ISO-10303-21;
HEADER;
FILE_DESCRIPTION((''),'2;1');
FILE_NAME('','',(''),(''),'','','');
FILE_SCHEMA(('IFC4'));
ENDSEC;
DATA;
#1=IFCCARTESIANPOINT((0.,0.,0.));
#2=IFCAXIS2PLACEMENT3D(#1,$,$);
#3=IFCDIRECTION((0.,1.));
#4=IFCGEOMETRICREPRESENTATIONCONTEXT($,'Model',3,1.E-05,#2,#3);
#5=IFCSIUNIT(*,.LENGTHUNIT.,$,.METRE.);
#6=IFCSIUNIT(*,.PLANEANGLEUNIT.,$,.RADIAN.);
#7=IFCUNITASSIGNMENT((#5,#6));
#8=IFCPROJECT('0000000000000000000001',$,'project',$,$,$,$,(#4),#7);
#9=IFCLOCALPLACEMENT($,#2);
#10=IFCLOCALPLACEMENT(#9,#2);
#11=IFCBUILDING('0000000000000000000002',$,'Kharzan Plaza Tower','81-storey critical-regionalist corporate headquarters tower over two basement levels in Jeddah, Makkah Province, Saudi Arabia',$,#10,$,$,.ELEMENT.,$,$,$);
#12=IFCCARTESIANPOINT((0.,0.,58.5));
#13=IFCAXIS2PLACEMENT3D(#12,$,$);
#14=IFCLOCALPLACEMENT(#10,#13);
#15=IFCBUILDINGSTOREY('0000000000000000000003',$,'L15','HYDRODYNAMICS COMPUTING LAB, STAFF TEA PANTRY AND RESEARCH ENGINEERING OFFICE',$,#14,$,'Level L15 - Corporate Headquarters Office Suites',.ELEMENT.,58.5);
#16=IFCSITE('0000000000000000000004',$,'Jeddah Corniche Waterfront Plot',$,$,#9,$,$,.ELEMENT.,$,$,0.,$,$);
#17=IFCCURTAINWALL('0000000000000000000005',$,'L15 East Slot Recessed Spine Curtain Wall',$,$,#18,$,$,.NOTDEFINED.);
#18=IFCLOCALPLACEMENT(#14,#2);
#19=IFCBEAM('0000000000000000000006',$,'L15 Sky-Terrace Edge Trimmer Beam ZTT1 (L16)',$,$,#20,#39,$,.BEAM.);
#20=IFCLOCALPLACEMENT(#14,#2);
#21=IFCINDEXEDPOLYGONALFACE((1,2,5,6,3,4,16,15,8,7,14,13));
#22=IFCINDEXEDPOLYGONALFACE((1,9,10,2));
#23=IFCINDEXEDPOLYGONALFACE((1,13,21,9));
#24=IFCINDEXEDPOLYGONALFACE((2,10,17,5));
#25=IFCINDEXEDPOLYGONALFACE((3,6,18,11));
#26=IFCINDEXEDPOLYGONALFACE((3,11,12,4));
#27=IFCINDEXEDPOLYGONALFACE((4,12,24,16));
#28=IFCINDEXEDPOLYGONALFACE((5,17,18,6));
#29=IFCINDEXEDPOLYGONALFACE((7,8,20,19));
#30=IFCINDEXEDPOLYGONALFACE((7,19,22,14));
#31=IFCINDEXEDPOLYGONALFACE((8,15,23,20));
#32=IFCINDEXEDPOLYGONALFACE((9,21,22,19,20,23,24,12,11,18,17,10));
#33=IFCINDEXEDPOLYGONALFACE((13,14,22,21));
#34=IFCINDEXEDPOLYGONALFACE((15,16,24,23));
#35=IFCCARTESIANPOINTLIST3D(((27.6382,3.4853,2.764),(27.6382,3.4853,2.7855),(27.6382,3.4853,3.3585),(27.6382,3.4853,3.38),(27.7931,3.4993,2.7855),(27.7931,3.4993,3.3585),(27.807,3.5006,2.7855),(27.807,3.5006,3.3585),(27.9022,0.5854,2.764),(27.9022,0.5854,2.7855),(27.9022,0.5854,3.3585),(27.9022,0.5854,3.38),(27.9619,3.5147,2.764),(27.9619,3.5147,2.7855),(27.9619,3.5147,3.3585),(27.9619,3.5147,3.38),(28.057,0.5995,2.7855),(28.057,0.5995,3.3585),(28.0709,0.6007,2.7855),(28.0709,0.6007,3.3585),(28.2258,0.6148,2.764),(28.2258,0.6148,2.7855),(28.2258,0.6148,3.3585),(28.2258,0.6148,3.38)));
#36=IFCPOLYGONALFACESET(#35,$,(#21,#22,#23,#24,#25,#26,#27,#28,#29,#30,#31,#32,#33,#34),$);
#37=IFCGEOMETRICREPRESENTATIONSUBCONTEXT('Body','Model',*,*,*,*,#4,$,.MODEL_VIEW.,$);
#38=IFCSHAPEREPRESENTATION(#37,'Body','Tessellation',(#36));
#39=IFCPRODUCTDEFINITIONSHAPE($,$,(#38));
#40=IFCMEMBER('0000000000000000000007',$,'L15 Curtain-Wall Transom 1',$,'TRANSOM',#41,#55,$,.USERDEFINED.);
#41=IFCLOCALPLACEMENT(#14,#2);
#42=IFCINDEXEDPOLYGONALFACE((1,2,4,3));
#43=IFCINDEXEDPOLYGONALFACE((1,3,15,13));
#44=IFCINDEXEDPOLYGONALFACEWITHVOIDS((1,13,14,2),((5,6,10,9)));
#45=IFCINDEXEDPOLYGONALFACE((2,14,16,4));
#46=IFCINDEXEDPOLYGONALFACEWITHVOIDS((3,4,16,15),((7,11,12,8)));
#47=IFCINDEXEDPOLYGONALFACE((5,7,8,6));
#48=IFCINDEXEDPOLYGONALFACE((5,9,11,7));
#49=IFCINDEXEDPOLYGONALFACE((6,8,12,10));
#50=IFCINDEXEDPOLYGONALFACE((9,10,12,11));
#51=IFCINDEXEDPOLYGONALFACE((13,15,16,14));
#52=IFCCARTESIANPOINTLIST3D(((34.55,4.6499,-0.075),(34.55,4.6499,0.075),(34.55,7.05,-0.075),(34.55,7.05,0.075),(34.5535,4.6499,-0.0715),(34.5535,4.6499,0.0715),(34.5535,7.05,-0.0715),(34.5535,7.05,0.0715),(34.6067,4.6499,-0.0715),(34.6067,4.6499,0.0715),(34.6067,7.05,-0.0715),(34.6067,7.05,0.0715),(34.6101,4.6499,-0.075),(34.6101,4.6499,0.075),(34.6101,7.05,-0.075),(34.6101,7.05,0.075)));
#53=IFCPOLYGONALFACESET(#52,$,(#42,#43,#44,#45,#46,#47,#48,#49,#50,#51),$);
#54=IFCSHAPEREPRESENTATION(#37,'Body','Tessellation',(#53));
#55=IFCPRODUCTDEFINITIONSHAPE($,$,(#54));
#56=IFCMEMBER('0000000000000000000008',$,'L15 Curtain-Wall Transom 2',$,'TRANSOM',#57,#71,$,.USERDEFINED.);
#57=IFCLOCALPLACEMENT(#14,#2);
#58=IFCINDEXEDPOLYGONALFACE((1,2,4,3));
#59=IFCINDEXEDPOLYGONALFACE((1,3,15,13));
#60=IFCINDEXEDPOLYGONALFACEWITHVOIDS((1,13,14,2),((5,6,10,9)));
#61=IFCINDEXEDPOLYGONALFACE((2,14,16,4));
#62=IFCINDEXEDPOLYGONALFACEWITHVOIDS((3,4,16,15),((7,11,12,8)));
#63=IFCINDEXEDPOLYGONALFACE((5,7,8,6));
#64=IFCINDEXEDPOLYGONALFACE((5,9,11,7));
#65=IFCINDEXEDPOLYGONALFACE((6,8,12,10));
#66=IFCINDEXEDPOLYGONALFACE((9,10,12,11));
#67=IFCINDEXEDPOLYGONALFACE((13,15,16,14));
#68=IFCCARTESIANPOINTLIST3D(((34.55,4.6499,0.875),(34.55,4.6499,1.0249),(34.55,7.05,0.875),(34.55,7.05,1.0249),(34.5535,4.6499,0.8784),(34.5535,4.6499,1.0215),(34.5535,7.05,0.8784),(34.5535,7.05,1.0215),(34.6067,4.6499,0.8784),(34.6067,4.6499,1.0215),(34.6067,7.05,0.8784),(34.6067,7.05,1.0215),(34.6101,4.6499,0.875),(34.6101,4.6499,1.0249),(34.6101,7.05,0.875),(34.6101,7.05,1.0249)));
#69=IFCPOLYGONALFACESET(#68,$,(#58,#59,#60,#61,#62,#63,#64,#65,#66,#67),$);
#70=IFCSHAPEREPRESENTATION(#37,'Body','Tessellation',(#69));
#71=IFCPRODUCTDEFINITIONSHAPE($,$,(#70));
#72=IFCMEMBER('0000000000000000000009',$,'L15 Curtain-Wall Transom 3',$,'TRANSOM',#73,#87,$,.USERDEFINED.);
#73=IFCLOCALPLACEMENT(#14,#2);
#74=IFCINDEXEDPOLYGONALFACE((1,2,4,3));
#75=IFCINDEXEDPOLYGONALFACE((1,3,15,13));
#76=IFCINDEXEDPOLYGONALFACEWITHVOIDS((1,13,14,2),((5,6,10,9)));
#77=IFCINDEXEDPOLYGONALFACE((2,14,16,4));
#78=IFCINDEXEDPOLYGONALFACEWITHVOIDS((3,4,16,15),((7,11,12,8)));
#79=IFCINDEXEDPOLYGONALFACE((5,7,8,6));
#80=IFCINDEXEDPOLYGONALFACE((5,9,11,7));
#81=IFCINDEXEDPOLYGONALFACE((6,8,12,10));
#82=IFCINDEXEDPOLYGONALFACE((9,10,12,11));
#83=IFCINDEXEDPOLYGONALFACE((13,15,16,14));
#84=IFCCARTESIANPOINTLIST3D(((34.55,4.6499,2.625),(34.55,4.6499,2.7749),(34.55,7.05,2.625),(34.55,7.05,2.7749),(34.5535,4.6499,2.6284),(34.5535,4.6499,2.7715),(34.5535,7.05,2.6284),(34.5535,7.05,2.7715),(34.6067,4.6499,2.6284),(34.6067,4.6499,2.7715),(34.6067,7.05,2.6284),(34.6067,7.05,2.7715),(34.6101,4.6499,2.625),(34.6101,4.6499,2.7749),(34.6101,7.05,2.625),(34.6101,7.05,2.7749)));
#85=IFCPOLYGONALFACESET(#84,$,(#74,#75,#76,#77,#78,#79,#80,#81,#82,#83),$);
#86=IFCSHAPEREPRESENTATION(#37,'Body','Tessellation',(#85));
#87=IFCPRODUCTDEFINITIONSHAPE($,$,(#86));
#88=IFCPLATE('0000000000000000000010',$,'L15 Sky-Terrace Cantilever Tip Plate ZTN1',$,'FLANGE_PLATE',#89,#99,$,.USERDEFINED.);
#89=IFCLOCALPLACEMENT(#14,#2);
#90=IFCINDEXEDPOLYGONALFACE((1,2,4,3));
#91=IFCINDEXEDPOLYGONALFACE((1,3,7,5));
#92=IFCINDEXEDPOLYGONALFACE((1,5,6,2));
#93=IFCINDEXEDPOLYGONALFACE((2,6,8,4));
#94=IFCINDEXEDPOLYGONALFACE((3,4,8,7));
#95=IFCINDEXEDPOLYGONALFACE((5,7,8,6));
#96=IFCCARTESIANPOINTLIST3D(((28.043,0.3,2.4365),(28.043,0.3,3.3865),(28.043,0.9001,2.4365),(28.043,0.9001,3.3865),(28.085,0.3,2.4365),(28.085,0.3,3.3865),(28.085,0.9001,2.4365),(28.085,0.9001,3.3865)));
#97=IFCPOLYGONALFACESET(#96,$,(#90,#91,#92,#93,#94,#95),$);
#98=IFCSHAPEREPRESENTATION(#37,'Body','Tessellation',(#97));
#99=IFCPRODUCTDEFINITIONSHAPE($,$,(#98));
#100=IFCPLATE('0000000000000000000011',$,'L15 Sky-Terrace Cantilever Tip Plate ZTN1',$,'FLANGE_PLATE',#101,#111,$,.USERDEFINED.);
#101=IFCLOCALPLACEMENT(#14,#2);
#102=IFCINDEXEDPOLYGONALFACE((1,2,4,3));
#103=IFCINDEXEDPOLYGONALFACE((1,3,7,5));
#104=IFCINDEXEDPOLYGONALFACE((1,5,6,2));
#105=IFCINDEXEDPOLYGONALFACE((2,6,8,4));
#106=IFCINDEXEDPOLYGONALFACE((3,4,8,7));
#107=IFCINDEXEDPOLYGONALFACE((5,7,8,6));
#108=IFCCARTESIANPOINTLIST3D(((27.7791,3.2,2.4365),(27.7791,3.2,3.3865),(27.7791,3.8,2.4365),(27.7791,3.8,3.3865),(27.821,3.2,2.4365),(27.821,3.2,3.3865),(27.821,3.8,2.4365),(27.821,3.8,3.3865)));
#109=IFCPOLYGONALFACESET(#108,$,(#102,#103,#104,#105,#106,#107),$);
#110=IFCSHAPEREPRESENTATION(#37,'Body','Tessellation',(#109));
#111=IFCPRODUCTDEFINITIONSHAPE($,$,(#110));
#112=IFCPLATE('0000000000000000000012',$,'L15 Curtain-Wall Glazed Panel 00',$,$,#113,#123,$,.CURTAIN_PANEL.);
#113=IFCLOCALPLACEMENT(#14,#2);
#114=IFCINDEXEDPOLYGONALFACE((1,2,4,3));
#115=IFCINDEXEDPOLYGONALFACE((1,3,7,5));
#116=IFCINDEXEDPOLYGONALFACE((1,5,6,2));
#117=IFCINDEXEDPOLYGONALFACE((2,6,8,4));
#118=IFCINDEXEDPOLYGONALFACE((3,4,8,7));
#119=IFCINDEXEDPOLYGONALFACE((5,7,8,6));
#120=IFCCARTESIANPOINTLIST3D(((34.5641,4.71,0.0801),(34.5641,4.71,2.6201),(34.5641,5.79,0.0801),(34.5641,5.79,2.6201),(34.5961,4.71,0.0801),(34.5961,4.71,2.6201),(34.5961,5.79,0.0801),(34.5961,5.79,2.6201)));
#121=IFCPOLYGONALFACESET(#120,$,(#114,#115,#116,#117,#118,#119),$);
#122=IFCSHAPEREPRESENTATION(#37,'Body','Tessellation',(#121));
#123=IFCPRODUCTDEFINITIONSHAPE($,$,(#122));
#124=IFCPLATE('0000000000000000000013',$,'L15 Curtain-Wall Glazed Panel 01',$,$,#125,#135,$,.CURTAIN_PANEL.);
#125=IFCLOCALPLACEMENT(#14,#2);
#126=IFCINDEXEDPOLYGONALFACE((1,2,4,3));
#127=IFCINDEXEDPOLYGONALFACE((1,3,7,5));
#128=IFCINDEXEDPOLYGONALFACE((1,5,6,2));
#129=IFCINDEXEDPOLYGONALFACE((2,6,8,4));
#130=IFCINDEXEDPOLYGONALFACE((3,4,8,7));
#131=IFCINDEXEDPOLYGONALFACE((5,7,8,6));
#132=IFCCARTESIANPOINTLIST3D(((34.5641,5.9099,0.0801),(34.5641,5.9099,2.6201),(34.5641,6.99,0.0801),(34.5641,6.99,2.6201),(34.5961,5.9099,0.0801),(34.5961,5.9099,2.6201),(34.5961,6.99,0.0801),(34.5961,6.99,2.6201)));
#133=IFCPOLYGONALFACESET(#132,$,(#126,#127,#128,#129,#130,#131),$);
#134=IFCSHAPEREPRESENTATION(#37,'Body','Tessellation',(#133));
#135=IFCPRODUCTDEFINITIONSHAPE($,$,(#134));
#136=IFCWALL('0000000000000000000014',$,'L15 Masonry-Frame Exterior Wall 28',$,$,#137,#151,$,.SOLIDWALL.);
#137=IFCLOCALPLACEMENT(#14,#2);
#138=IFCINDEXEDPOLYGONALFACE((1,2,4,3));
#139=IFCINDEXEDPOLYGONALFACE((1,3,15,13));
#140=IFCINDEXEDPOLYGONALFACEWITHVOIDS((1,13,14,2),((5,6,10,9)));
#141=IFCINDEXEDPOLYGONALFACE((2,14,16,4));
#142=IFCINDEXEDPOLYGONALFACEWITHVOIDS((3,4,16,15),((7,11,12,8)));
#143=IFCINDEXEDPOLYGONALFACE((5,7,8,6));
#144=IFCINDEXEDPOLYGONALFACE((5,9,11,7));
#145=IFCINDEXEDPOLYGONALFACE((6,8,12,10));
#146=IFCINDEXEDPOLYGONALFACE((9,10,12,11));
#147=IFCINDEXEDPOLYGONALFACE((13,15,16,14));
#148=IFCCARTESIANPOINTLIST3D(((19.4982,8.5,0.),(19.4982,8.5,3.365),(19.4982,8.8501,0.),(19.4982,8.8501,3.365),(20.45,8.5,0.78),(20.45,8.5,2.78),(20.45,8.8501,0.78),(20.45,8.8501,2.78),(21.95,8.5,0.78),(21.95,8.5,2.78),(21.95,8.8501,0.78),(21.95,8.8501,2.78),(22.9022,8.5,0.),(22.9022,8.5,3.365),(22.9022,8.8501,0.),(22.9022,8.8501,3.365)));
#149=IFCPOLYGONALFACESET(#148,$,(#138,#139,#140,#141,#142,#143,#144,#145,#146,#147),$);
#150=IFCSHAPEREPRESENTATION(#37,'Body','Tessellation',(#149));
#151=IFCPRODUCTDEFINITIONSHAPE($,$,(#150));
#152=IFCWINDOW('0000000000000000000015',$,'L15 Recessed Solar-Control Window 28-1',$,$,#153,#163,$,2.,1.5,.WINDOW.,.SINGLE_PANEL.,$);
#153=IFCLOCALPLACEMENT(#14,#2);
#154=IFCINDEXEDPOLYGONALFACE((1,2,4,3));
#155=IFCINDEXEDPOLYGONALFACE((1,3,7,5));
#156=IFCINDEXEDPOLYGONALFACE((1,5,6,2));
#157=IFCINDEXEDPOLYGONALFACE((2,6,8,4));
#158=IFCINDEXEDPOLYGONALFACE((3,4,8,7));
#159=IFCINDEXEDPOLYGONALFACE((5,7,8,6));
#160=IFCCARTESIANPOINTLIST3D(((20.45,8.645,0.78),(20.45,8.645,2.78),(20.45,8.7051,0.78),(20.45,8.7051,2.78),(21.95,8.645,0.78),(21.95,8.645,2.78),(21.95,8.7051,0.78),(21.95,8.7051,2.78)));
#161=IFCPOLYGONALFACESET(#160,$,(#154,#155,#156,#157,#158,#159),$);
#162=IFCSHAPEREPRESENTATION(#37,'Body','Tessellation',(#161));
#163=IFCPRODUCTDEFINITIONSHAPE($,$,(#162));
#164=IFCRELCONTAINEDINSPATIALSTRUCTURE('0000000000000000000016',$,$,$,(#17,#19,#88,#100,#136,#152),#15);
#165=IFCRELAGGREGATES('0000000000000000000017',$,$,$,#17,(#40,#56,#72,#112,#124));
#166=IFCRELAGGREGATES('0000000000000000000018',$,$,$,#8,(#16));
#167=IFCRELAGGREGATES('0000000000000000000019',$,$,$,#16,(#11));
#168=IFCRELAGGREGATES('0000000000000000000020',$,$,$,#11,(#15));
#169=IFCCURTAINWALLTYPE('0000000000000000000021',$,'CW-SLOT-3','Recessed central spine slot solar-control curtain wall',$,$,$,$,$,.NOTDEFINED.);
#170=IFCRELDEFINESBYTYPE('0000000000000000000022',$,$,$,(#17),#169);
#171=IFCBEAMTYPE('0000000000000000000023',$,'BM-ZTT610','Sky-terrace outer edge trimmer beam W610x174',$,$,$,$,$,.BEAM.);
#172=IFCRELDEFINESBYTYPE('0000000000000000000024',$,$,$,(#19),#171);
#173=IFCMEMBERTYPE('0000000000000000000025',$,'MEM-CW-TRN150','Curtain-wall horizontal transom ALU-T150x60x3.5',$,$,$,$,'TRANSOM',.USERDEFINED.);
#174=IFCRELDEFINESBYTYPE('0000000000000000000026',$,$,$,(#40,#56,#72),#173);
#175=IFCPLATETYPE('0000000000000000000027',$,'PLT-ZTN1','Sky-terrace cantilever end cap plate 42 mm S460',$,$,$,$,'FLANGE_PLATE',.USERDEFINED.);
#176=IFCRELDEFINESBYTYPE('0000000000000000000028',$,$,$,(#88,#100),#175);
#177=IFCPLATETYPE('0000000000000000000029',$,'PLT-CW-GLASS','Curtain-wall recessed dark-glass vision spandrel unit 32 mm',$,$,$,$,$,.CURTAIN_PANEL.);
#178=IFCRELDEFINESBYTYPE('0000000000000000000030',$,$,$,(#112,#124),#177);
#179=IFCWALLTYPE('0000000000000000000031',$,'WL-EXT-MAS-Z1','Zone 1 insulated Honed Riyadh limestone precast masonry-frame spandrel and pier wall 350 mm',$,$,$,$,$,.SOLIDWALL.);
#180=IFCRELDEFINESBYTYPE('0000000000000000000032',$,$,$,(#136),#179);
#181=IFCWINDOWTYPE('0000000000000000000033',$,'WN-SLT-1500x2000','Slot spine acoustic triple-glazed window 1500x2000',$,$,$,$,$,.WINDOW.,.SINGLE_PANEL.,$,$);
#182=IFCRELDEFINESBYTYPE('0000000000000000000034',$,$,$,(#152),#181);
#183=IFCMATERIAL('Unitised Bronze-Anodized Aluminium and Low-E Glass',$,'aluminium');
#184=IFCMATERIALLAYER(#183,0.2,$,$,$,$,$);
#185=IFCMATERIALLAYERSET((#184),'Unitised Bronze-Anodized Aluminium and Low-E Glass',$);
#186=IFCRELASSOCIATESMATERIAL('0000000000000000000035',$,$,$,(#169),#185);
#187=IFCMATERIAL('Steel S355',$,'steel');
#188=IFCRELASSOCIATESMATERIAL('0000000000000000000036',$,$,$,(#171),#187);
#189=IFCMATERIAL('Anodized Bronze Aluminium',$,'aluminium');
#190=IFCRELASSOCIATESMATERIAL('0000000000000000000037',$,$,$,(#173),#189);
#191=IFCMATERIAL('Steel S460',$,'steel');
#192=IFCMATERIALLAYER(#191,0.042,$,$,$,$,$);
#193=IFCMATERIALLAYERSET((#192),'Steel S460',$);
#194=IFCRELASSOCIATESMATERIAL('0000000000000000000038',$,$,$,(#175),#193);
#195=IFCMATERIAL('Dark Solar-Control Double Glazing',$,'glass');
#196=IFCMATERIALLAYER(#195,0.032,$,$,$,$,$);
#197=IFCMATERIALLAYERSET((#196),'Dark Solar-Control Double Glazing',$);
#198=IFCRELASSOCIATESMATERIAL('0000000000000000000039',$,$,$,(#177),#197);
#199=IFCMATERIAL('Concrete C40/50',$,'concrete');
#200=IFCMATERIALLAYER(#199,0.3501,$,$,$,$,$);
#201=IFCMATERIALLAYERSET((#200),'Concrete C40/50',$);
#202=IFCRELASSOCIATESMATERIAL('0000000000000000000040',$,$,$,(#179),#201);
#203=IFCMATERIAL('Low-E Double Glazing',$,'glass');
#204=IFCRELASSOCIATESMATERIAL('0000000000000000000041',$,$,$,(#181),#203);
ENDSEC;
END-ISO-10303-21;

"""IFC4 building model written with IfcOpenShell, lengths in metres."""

from ifc_helpers import new_model, si_unit, direction, frame, frame_2d, origin, origin_2d, place, context, subcontext, project, spatial, rectangle, hollow_rectangle, i_section, extrude, source, transform, mapped, material, layer, layer_set, material_profile, profile_set, type_object, element, fill, aggregate, save


model = new_model("IFC4")

# Units and contexts
model_context = context("Model", 3, precision=1e-05, world=origin(), true_north=direction((0.0, 1.0)))
body_context = subcontext(model_context, "Body", "Model", "MODEL_VIEW")
ifc_project = project(units=[si_unit("LENGTHUNIT", "METRE"), si_unit("PLANEANGLEUNIT", "RADIAN")], contexts=[model_context])

# Site, building, storey
site_placement = place(None, origin())
site = spatial("IfcSite", under=ifc_project, at=site_placement, Name="Jeddah Corniche Waterfront Plot", CompositionType="ELEMENT", RefElevation=0.0)
building_placement = place(site_placement, origin())
building = spatial("IfcBuilding", under=site, at=building_placement, Name="Kharzan Plaza Tower", Description="81-storey critical-regionalist corporate headquarters tower over two basement levels in Jeddah, Makkah Province, Saudi Arabia", CompositionType="ELEMENT")
storey_placement = place(building_placement, frame((0.0, 0.0, 58.5)))
storey = spatial("IfcBuildingStorey", under=building, at=storey_placement, Name="L15", Description="HYDRODYNAMICS COMPUTING LAB, STAFF TEA PANTRY AND RESEARCH ENGINEERING OFFICE", LongName="Level L15 - Corporate Headquarters Office Suites", CompositionType="ELEMENT", Elevation=58.5)

# Shared definitions
ifc_material_1 = material(Name="Steel S355", Category="steel")

# Curtain wall
ifc_material_2 = material(Name="Unitised Bronze-Anodized Aluminium and Low-E Glass", Category="aluminium")
ifc_layer_1 = layer(ifc_material_2, 0.2)
ifc_layer_set_1 = layer_set([ifc_layer_1], Name="Unitised Bronze-Anodized Aluminium and Low-E Glass")
curtain_wall_type = type_object("IfcCurtainWallType", Name="CW-SLOT-3", Description="Recessed central spine slot solar-control curtain wall", PredefinedType="NOTDEFINED", material=ifc_layer_set_1)
curtain_wall_placement = place(storey_placement, origin())
curtain_wall = element("IfcCurtainWall", 1, at=curtain_wall_placement, inside=storey, type_object=curtain_wall_type, Name="L15 East Slot Recessed Spine Curtain Wall", PredefinedType="NOTDEFINED")
ifc_material_3 = material(Name="Anodized Bronze Aluminium", Category="aluminium")

# Beam
ifc_material_profile_1 = material_profile(ifc_material_1, i_section(OverallWidth=0.325, OverallDepth=0.616, WebThickness=0.0139, FlangeThickness=0.0215, at=origin_2d()), Name="W610x174")
ifc_profile_set_1 = profile_set([ifc_material_profile_1], Name="Steel S355")
beam_type_1 = type_object("IfcBeamType", Name="BM-ZTT610", Description="Sky-terrace outer edge trimmer beam W610x174", PredefinedType="BEAM", material=ifc_profile_set_1)
shared_shape_1 = source(origin(), body_context, "Body", "SweptSolid", [
    extrude(i_section(OverallWidth=0.325, OverallDepth=0.616, WebThickness=0.0139, FlangeThickness=0.0215, at=origin_2d()), origin(), (0.0, 0.0, 1.0), 2.9119),
])
beam_1_placement = place(storey_placement, frame((28.064, 0.6001, 3.072), z_axis=(-0.090634, 0.995884, 0.0), x_axis=(-0.995884, -0.090634, 0.0)))
element("IfcBeam", 2, at=beam_1_placement, inside=storey, type_object=beam_type_1, Name="L15 Sky-Terrace Edge Trimmer Beam ZTT1 (L16)", PredefinedType="BEAM", context=body_context, shape_type="MappedRepresentation", body=[
    mapped(shared_shape_1, transform((0.0, 0.0, 0.0), x_axis=(1.0, 0.0, 0.0), y_axis=(0.0, 1.0, 0.0), z_axis=(0.0, 0.0, 1.0))),
])

# Members
ifc_material_profile_2 = material_profile(ifc_material_3, hollow_rectangle(XDim=0.0601, YDim=0.1499, WallThickness=0.0034, at=origin_2d()), Name="ALU-T150x60x3.5")
ifc_profile_set_2 = profile_set([ifc_material_profile_2], Name="Anodized Bronze Aluminium")
member_type_1 = type_object("IfcMemberType", Name="MEM-CW-TRN150", Description="Curtain-wall horizontal transom ALU-T150x60x3.5", ElementType="TRANSOM", PredefinedType="USERDEFINED", material=ifc_profile_set_2)
shared_shape_2 = source(origin(), body_context, "Body", "SweptSolid", [
    extrude(hollow_rectangle(XDim=0.0601, YDim=0.1499, WallThickness=0.0034, at=origin_2d()), origin(), (0.0, 0.0, 1.0), 2.4001),
])
member_1_placement = place(storey_placement, frame((34.5801, 4.6499, 0.0), z_axis=(0.0, 1.0, 0.0), x_axis=(-1.0, 0.0, 0.0)))
member_1 = element("IfcMember", 3, at=member_1_placement, type_object=member_type_1, Name="L15 Curtain-Wall Transom 1", ObjectType="TRANSOM", PredefinedType="USERDEFINED", context=body_context, shape_type="MappedRepresentation", body=[
    mapped(shared_shape_2, transform((0.0, 0.0, 0.0), x_axis=(1.0, 0.0, 0.0), y_axis=(0.0, 1.0, 0.0), z_axis=(0.0, 0.0, 1.0))),
])
member_2_placement = place(storey_placement, frame((34.5801, 4.6499, 0.95), z_axis=(0.0, 1.0, 0.0), x_axis=(-1.0, 0.0, 0.0)))
member_2 = element("IfcMember", 4, at=member_2_placement, type_object=member_type_1, Name="L15 Curtain-Wall Transom 2", ObjectType="TRANSOM", PredefinedType="USERDEFINED", context=body_context, shape_type="MappedRepresentation", body=[
    mapped(shared_shape_2, transform((0.0, 0.0, 0.0), x_axis=(1.0, 0.0, 0.0), y_axis=(0.0, 1.0, 0.0), z_axis=(0.0, 0.0, 1.0))),
])
member_3_placement = place(storey_placement, frame((34.5801, 4.6499, 2.7), z_axis=(0.0, 1.0, 0.0), x_axis=(-1.0, 0.0, 0.0)))
member_3 = element("IfcMember", 5, at=member_3_placement, type_object=member_type_1, Name="L15 Curtain-Wall Transom 3", ObjectType="TRANSOM", PredefinedType="USERDEFINED", context=body_context, shape_type="MappedRepresentation", body=[
    mapped(shared_shape_2, transform((0.0, 0.0, 0.0), x_axis=(1.0, 0.0, 0.0), y_axis=(0.0, 1.0, 0.0), z_axis=(0.0, 0.0, 1.0))),
])

# Plates
ifc_material_4 = material(Name="Steel S460", Category="steel")
ifc_layer_2 = layer(ifc_material_4, 0.042)
ifc_layer_set_2 = layer_set([ifc_layer_2], Name="Steel S460")
plate_type_1 = type_object("IfcPlateType", Name="PLT-ZTN1", Description="Sky-terrace cantilever end cap plate 42 mm S460", ElementType="FLANGE_PLATE", PredefinedType="USERDEFINED", material=ifc_layer_set_2)
shared_shape_3 = source(origin(), body_context, "Body", "SweptSolid", [
    extrude(rectangle(XDim=0.6001, YDim=0.042, at=origin_2d()), origin(), (0.0, 0.0, 1.0), 0.95),
])
for number, where, z_axis, x_axis, name in (
    (6, (28.064, 0.6001, 2.4365), (0.0, 0.0, 1.0), (0.0, 1.0, 0.0), "L15 Sky-Terrace Cantilever Tip Plate ZTN1"),
    (7, (27.8, 3.5, 2.4365), (0.0, 0.0, 1.0), (0.0, 1.0, 0.0), "L15 Sky-Terrace Cantilever Tip Plate ZTN1"),
):
    element("IfcPlate", number, at=place(storey_placement, frame(where, z_axis=z_axis, x_axis=x_axis)), inside=storey, type_object=plate_type_1, Name=name, ObjectType="FLANGE_PLATE", PredefinedType="USERDEFINED", context=body_context, shape_type="MappedRepresentation", body=[
        mapped(shared_shape_3, transform((0.0, 0.0, 0.0), x_axis=(1.0, 0.0, 0.0), y_axis=(0.0, 1.0, 0.0), z_axis=(0.0, 0.0, 1.0))),
    ])

# Plates
ifc_material_5 = material(Name="Dark Solar-Control Double Glazing", Category="glass")
ifc_layer_3 = layer(ifc_material_5, 0.032)
ifc_layer_set_3 = layer_set([ifc_layer_3], Name="Dark Solar-Control Double Glazing")
plate_type_2 = type_object("IfcPlateType", Name="PLT-CW-GLASS", Description="Curtain-wall recessed dark-glass vision spandrel unit 32 mm", PredefinedType="CURTAIN_PANEL", material=ifc_layer_set_3)
shared_shape_4 = source(origin(), body_context, "Body", "SweptSolid", [
    extrude(rectangle(XDim=1.0801, YDim=0.032, at=origin_2d()), origin(), (0.0, 0.0, 1.0), 2.54),
])
plate_1_placement = place(storey_placement, frame((34.5801, 5.25, 0.0801), z_axis=(0.0, 0.0, 1.0), x_axis=(0.0, 1.0, 0.0)))
plate_1 = element("IfcPlate", 8, at=plate_1_placement, type_object=plate_type_2, Name="L15 Curtain-Wall Glazed Panel 00", PredefinedType="CURTAIN_PANEL", context=body_context, shape_type="MappedRepresentation", body=[
    mapped(shared_shape_4, transform((0.0, 0.0, 0.0), x_axis=(1.0, 0.0, 0.0), y_axis=(0.0, 1.0, 0.0), z_axis=(0.0, 0.0, 1.0))),
])
plate_2_placement = place(storey_placement, frame((34.5801, 6.45, 0.0801), z_axis=(0.0, 0.0, 1.0), x_axis=(0.0, 1.0, 0.0)))
plate_2 = element("IfcPlate", 9, at=plate_2_placement, type_object=plate_type_2, Name="L15 Curtain-Wall Glazed Panel 01", PredefinedType="CURTAIN_PANEL", context=body_context, shape_type="MappedRepresentation", body=[
    mapped(shared_shape_4, transform((0.0, 0.0, 0.0), x_axis=(1.0, 0.0, 0.0), y_axis=(0.0, 1.0, 0.0), z_axis=(0.0, 0.0, 1.0))),
])
aggregate(curtain_wall, [member_1, member_2, member_3, plate_1, plate_2])

# Wall, opening, window
ifc_material_6 = material(Name="Concrete C40/50", Category="concrete")
ifc_layer_4 = layer(ifc_material_6, 0.3501)
ifc_layer_set_4 = layer_set([ifc_layer_4], Name="Concrete C40/50")
wall_type_1 = type_object("IfcWallType", Name="WL-EXT-MAS-Z1", Description="Zone 1 insulated Honed Riyadh limestone precast masonry-frame spandrel and pier wall 350 mm", PredefinedType="SOLIDWALL", material=ifc_layer_set_4)
wall_1_placement = place(storey_placement, frame((19.498, 8.675, 0.0), z_axis=(0.0, 0.0, 1.0), x_axis=(1.0, 0.0, 0.0)))
wall_1 = element("IfcWall", 10, at=wall_1_placement, inside=storey, type_object=wall_type_1, Name="L15 Masonry-Frame Exterior Wall 28", PredefinedType="SOLIDWALL", context=body_context, shape_type="SweptSolid", body=[
    extrude(rectangle(XDim=3.4041, YDim=0.3501, at=frame_2d((1.7021, 0.0))), origin(), (0.0, 0.0, 1.0), 3.365),
])
opening_1_placement = place(wall_1_placement, frame((0.9519, 0.0, 0.78)))
opening_1 = element("IfcOpeningElement", 11, at=opening_1_placement, cuts=wall_1, PredefinedType="OPENING", context=body_context, shape_type="SweptSolid", body=[
    extrude(rectangle(XDim=1.5, YDim=2.0, at=frame_2d((0.75, 1.0))), frame((0.0, 0.1851, 0.0), z_axis=(0.0, -1.0, 0.0), x_axis=(1.0, 0.0, 0.0)), (0.0, 0.0, 1.0), 0.3701),
])
ifc_material_7 = material(Name="Low-E Double Glazing", Category="glass")
window_type = type_object("IfcWindowType", Name="WN-SLT-1500x2000", Description="Slot spine acoustic triple-glazed window 1500x2000", PartitioningType="SINGLE_PANEL", PredefinedType="WINDOW", material=ifc_material_7)
shared_shape_5 = source(origin(), body_context, "Body", "SweptSolid", [
    extrude(rectangle(XDim=1.5, YDim=2.0, at=frame_2d((0.75, 1.0))), frame((0.0, 0.03, 0.0), z_axis=(0.0, -1.0, 0.0), x_axis=(1.0, 0.0, 0.0)), (0.0, 0.0, 1.0), 0.0601),
])
window_1_placement = place(opening_1_placement, origin())
window_1 = element("IfcWindow", 12, at=window_1_placement, inside=storey, type_object=window_type, Name="L15 Recessed Solar-Control Window 28-1", OverallHeight=2.0, OverallWidth=1.5, PartitioningType="SINGLE_PANEL", PredefinedType="WINDOW", context=body_context, shape_type="MappedRepresentation", body=[
    mapped(shared_shape_5, transform((0.0, 0.0, 0.0), x_axis=(1.0, 0.0, 0.0), y_axis=(0.0, 1.0, 0.0), z_axis=(0.0, 0.0, 1.0))),
])
fill(opening_1, window_1)

save(model, "model.ifc")
